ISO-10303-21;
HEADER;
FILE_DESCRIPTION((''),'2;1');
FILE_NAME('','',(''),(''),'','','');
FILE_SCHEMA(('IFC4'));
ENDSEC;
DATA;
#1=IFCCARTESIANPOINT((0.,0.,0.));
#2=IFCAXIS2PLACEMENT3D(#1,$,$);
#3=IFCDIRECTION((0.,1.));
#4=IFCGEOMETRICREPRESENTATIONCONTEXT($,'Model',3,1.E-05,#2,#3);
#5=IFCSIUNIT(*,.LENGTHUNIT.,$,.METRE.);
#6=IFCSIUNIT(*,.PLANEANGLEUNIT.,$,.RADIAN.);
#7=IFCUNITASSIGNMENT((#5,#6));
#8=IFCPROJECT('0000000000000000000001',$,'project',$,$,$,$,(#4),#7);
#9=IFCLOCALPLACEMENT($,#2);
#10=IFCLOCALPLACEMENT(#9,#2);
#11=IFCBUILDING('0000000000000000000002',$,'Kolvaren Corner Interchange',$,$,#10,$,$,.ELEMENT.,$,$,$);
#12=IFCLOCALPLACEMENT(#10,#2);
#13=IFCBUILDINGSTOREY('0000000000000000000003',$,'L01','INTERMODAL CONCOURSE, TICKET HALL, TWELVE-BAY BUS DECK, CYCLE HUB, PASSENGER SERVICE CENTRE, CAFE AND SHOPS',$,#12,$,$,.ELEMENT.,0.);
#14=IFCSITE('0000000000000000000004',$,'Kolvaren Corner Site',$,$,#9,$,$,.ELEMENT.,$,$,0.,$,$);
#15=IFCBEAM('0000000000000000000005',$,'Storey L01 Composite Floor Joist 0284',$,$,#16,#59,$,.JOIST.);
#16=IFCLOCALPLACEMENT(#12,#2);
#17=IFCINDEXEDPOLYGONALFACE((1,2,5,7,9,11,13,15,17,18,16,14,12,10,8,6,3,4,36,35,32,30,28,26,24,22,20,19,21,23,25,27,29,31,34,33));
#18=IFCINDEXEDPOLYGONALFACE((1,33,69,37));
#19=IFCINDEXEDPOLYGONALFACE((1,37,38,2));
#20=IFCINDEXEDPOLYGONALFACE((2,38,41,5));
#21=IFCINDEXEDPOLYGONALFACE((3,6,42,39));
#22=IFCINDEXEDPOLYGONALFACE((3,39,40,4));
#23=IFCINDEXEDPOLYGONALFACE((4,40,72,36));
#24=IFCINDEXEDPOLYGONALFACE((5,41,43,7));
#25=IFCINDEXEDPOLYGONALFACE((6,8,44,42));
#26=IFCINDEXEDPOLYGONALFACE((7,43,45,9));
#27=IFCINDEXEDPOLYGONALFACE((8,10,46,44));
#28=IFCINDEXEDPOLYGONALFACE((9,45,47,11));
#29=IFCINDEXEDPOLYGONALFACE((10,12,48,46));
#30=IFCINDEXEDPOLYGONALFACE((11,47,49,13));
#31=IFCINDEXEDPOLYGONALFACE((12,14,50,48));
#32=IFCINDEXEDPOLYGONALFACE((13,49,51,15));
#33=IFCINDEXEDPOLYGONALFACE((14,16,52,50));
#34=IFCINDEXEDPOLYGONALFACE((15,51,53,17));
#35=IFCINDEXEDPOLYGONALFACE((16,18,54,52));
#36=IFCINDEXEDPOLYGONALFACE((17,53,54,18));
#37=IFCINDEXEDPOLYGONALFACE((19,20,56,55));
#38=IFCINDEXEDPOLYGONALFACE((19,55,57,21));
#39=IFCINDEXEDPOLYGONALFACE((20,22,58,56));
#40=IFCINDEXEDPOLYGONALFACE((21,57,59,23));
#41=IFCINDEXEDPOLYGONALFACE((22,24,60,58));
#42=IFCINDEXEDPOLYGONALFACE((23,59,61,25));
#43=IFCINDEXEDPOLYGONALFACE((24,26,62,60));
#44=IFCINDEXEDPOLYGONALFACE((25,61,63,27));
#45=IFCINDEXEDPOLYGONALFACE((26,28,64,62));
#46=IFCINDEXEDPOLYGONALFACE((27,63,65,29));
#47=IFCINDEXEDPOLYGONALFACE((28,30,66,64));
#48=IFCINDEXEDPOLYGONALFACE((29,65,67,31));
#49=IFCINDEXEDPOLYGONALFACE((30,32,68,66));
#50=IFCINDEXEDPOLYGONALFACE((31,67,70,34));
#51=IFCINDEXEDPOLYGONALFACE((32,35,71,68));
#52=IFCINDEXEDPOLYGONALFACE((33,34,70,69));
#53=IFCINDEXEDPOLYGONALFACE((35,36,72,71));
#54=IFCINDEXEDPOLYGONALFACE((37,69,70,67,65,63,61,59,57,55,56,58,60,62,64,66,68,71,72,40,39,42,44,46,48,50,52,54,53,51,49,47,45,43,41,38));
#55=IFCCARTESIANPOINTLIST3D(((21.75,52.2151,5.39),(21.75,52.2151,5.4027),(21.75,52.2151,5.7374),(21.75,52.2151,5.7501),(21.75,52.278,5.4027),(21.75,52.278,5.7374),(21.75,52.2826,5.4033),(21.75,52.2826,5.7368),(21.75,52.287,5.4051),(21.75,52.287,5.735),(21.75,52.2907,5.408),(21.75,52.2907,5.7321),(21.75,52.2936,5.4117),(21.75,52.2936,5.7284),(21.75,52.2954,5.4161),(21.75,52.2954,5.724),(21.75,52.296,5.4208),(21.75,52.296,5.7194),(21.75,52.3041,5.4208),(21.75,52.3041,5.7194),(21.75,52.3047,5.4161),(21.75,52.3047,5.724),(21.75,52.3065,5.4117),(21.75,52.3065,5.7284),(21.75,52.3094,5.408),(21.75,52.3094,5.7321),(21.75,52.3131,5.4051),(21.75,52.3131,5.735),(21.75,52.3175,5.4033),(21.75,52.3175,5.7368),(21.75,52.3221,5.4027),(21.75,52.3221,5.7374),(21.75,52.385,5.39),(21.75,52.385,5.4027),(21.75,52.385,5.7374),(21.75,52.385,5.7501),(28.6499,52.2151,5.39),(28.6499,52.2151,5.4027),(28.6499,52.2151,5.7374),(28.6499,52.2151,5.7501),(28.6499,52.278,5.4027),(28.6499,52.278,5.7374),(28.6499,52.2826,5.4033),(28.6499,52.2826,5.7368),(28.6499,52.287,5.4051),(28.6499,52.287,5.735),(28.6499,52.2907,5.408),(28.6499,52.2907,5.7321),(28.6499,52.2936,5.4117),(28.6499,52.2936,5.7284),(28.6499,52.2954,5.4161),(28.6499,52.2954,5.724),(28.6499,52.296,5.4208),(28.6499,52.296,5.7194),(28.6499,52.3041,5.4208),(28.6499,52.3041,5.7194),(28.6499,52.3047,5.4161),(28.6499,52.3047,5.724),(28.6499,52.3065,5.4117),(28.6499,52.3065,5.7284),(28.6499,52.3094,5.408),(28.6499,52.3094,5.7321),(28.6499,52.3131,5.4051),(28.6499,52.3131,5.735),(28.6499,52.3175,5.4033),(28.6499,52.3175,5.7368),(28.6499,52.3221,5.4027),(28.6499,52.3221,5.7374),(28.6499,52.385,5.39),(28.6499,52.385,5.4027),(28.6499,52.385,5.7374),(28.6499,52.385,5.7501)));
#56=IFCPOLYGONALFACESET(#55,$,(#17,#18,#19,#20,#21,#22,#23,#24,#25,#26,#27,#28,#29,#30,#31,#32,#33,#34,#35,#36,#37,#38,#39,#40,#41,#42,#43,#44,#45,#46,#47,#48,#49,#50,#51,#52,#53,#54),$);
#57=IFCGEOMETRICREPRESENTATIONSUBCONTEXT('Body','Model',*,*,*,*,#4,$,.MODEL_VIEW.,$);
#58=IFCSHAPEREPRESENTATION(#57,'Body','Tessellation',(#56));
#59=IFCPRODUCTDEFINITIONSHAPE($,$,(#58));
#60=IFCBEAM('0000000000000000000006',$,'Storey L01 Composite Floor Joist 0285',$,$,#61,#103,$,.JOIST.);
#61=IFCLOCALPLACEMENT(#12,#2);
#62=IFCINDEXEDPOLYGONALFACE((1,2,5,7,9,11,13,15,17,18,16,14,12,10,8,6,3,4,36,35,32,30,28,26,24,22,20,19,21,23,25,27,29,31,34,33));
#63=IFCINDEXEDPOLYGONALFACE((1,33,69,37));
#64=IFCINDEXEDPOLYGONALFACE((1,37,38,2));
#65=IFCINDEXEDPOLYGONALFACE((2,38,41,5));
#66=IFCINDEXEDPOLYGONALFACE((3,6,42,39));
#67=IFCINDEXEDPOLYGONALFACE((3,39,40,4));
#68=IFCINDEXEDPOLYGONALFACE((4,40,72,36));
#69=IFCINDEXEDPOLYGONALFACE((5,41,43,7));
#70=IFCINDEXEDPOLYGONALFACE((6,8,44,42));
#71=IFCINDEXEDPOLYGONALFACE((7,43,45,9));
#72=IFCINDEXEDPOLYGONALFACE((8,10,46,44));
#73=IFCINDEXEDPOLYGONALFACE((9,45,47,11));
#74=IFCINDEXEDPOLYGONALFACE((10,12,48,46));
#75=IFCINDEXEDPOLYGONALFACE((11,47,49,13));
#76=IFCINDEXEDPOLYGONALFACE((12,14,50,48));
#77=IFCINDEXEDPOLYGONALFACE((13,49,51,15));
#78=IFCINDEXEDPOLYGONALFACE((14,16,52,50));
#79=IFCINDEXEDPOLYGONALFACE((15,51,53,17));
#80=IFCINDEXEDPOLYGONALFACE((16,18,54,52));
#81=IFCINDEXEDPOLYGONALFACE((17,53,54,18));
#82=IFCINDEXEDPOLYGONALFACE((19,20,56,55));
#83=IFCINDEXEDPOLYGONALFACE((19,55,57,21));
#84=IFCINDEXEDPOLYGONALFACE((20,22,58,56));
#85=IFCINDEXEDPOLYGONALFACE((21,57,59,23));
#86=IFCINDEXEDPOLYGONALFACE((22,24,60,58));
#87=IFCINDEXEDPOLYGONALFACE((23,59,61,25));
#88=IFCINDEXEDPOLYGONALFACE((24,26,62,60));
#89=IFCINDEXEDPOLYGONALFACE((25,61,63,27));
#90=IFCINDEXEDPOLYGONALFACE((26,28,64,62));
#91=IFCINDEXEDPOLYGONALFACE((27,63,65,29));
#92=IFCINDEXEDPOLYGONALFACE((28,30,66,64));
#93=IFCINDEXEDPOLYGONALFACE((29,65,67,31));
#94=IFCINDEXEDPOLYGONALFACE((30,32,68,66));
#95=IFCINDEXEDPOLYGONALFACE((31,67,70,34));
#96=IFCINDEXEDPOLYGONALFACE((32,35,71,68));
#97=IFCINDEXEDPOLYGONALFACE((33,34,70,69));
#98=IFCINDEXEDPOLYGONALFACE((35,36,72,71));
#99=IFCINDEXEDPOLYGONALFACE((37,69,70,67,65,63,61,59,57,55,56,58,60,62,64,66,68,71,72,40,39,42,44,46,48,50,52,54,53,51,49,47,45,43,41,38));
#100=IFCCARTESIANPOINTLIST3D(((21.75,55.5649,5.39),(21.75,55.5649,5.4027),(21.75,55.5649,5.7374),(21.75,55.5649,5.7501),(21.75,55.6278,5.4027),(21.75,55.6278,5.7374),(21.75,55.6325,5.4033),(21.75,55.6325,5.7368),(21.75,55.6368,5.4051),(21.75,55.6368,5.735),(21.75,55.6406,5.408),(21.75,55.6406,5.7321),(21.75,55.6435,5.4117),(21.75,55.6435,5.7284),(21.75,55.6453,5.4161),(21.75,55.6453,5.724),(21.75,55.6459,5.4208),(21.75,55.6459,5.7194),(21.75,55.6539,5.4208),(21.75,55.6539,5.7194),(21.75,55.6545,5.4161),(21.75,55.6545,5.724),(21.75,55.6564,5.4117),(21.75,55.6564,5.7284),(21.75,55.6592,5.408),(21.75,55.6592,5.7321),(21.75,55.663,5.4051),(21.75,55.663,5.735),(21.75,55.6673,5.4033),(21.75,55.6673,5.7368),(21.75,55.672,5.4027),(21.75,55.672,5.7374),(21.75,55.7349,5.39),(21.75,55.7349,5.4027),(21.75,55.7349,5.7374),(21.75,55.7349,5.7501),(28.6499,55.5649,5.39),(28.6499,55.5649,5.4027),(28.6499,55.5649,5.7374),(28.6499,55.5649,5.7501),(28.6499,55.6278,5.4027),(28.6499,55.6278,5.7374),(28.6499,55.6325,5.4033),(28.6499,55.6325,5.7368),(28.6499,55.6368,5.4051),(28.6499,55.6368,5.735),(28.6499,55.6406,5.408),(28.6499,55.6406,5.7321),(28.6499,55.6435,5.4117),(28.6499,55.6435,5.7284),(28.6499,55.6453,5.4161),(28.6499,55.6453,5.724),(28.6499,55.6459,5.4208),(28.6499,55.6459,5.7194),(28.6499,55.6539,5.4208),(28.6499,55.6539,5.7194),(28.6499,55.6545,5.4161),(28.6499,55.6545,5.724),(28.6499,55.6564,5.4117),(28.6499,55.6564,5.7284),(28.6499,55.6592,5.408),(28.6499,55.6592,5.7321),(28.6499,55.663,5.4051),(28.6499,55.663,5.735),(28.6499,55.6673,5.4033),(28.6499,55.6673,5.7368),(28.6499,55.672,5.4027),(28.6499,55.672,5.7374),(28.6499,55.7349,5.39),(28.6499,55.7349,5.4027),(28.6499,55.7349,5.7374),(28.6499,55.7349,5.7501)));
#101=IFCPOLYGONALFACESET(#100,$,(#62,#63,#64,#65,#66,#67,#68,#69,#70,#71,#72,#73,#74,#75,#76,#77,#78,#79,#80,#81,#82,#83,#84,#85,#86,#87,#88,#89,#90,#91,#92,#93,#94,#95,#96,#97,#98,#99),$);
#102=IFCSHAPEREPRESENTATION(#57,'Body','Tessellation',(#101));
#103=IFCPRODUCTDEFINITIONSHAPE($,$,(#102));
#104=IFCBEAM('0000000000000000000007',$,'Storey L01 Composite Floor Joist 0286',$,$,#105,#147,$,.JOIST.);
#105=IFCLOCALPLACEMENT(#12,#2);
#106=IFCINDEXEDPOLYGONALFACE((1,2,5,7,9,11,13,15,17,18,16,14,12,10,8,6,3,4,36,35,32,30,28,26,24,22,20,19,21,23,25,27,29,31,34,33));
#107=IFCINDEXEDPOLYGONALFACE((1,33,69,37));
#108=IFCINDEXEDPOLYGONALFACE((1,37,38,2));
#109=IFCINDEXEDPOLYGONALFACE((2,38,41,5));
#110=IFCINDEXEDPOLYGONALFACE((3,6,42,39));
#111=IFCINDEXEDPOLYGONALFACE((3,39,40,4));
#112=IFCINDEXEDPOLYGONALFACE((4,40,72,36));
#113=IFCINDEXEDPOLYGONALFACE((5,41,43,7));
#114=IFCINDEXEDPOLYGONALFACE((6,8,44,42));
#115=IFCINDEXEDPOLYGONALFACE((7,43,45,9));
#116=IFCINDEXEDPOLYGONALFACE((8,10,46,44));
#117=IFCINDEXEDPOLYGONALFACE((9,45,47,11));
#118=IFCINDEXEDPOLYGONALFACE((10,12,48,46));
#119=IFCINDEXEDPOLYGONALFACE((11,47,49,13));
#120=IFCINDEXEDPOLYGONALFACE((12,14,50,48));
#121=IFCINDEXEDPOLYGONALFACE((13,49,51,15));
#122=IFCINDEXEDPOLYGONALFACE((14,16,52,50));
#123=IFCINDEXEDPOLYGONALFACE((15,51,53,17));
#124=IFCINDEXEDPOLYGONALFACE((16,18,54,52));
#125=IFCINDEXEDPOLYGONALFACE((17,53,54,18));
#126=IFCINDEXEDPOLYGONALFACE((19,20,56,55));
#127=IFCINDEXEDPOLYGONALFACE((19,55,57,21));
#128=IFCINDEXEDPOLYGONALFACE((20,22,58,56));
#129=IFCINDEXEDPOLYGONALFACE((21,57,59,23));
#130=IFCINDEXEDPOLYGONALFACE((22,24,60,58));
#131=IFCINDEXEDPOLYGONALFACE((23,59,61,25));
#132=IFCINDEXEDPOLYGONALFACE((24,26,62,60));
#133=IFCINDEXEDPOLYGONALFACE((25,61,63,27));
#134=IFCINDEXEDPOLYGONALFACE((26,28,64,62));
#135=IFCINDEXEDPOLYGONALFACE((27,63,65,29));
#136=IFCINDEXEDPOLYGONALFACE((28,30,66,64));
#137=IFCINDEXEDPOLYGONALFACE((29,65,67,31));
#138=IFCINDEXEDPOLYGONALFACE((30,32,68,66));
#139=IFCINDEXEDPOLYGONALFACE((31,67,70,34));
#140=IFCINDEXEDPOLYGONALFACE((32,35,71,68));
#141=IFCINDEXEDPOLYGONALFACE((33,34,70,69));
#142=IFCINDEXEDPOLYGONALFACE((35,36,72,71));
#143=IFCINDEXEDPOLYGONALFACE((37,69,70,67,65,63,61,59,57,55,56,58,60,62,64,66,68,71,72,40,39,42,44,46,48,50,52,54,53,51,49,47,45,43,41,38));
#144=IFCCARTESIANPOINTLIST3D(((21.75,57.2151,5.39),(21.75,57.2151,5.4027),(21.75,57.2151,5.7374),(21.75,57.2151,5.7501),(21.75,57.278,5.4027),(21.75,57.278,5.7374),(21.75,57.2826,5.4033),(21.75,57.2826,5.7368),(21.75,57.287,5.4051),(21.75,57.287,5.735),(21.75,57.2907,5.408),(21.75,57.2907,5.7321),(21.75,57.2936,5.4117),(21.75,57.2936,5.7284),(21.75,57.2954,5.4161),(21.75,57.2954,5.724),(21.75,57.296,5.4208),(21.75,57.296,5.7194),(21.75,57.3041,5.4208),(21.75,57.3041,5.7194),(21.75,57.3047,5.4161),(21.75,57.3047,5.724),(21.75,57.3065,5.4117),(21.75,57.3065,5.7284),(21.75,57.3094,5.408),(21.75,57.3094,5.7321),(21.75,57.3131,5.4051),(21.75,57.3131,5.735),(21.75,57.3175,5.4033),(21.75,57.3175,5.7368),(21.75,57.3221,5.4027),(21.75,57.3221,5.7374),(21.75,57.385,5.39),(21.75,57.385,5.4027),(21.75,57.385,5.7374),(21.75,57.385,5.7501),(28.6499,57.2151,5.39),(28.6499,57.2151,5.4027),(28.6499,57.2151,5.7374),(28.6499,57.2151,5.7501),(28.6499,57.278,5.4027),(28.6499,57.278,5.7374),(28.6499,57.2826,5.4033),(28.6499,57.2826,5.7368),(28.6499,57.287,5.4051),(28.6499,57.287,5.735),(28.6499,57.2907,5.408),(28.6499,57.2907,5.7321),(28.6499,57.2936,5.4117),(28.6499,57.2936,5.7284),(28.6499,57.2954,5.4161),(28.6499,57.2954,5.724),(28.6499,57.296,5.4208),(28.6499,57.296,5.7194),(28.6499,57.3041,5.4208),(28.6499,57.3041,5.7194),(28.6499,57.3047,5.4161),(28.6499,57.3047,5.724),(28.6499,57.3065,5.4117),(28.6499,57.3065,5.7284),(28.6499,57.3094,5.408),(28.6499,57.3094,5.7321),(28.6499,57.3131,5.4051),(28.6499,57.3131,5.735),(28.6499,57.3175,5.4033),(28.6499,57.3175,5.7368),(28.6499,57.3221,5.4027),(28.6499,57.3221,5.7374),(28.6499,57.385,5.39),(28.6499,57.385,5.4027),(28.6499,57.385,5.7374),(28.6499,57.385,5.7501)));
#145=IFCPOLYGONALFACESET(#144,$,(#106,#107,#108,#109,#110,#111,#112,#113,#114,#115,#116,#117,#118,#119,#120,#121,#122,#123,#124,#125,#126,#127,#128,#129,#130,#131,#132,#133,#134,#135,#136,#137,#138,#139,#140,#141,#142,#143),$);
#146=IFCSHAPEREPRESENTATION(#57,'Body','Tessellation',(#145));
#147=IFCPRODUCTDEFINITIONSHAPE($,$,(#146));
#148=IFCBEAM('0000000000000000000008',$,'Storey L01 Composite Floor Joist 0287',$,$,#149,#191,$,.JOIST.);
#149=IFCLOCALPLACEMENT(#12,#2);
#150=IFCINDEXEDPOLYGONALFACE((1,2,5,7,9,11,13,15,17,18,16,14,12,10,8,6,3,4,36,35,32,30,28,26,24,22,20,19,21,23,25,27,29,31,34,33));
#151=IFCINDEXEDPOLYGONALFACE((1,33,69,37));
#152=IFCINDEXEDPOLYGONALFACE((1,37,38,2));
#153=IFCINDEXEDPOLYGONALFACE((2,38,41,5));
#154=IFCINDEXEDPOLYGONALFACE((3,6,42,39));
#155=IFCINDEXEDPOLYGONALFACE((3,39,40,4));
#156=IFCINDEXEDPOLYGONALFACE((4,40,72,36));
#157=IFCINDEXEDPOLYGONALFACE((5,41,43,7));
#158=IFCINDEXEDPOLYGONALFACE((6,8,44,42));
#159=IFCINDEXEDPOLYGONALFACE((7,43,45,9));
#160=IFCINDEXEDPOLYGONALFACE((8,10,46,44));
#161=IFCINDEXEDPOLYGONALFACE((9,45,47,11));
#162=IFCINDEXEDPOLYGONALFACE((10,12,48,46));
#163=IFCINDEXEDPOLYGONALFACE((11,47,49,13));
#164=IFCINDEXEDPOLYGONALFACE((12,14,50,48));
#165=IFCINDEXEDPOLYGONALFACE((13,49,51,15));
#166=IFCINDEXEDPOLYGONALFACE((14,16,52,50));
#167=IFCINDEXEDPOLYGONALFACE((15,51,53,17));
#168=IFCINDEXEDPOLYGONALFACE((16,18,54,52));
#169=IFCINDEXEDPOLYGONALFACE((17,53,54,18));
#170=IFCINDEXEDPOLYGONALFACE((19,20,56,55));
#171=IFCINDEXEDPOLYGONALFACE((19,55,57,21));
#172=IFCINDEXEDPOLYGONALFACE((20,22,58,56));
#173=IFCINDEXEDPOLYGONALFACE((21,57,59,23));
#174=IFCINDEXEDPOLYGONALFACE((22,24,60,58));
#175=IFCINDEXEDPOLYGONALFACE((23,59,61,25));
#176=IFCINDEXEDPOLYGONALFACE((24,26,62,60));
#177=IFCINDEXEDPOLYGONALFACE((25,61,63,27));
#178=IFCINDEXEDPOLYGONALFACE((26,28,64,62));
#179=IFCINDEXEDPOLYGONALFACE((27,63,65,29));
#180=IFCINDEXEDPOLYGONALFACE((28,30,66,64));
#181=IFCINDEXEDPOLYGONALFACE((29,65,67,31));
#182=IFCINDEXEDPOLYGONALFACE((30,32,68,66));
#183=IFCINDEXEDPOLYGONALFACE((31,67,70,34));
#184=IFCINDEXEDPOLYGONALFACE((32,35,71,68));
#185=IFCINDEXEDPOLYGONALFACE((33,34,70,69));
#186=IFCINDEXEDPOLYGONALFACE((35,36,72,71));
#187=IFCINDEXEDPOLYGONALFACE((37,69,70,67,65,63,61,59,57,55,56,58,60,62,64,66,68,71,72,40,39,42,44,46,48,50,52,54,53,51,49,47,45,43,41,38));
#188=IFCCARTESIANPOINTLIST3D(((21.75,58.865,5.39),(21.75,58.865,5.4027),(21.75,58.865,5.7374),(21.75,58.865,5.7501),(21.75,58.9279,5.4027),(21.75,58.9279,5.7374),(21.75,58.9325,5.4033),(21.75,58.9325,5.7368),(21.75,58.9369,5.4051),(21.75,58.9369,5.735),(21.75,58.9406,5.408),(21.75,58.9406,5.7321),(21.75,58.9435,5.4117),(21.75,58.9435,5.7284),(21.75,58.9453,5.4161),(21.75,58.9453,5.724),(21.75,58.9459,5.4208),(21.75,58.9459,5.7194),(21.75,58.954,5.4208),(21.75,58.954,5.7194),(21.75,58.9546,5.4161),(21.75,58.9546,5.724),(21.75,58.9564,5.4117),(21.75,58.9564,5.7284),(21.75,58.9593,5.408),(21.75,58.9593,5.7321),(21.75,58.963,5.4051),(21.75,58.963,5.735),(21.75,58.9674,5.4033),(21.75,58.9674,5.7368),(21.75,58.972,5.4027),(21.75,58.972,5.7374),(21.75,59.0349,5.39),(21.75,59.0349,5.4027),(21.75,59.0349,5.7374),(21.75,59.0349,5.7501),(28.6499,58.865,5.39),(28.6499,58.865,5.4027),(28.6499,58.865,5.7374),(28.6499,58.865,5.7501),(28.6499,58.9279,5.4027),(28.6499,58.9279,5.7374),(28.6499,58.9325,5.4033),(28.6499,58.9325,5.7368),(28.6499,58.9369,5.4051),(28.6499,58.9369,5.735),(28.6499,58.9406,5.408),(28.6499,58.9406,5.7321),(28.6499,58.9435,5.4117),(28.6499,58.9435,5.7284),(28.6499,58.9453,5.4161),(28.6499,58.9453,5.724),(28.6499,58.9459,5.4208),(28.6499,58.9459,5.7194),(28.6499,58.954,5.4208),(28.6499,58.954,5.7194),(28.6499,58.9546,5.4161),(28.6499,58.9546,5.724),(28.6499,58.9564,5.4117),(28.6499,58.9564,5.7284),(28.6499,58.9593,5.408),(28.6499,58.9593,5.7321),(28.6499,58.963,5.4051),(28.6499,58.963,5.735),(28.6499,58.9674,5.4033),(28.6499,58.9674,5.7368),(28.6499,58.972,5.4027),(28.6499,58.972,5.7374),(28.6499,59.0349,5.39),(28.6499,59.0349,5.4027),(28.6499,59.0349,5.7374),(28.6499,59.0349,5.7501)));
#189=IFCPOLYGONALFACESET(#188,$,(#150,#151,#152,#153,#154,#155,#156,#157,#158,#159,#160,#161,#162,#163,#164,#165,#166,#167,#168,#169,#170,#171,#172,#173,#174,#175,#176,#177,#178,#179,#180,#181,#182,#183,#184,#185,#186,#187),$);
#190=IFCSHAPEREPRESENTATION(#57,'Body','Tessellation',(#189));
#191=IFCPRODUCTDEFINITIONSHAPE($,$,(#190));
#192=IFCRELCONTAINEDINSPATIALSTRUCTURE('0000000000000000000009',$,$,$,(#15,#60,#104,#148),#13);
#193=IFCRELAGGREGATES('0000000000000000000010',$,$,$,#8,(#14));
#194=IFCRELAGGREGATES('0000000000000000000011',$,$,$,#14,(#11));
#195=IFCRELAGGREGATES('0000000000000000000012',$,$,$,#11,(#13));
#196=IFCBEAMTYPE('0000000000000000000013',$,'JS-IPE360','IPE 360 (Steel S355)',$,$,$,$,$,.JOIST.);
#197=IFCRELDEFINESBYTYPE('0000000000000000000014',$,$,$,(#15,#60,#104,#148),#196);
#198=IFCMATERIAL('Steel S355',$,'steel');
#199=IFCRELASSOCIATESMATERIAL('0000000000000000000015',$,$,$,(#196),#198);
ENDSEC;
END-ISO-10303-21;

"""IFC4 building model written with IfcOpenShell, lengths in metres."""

from ifc_helpers import new_model, si_unit, direction, frame, origin, origin_2d, place, context, subcontext, project, spatial, i_section, extrude, material, material_profile, profile_set, type_object, element, save


model = new_model("IFC4")

# Units and contexts
model_context = context("Model", 3, precision=1e-05, world=origin(), true_north=direction((0.0, 1.0)))
body_context = subcontext(model_context, "Body", "Model", "MODEL_VIEW")
ifc_project = project(units=[si_unit("LENGTHUNIT", "METRE"), si_unit("PLANEANGLEUNIT", "RADIAN")], contexts=[model_context])

# Site, building, storey
site_placement = place(None, origin())
site = spatial("IfcSite", under=ifc_project, at=site_placement, Name="Kolvaren Corner Site", CompositionType="ELEMENT", RefElevation=0.0)
building_placement = place(site_placement, origin())
building = spatial("IfcBuilding", under=site, at=building_placement, Name="Kolvaren Corner Interchange", CompositionType="ELEMENT")
storey_placement = place(building_placement, origin())
storey = spatial("IfcBuildingStorey", under=building, at=storey_placement, Name="L01", Description="INTERMODAL CONCOURSE, TICKET HALL, TWELVE-BAY BUS DECK, CYCLE HUB, PASSENGER SERVICE CENTRE, CAFE AND SHOPS", CompositionType="ELEMENT", Elevation=0.0)

# Beams
ifc_material_1 = material(Name="Steel S355", Category="steel")
ifc_material_profile_1 = material_profile(ifc_material_1, i_section(OverallWidth=0.1699, OverallDepth=0.3601, WebThickness=0.0081, FlangeThickness=0.0127, FilletRadius=0.0181, at=origin_2d()), Name="IPE 360")
ifc_profile_set_1 = profile_set([ifc_material_profile_1], Name="Steel S355")
beam_type_1 = type_object("IfcBeamType", Name="JS-IPE360", Description="IPE 360 (Steel S355)", PredefinedType="JOIST", material=ifc_profile_set_1)
for number, where, z_axis, x_axis, name in (
    (1, (21.75, 52.3, 5.5701), (1.0, 0.0, 0.0), (0.0, 1.0, 0.0), "Storey L01 Composite Floor Joist 0284"),
    (2, (21.75, 55.6499, 5.5701), (1.0, 0.0, 0.0), (0.0, 1.0, 0.0), "Storey L01 Composite Floor Joist 0285"),
    (3, (21.75, 57.3, 5.5701), (1.0, 0.0, 0.0), (0.0, 1.0, 0.0), "Storey L01 Composite Floor Joist 0286"),
    (4, (21.75, 58.95, 5.5701), (1.0, 0.0, 0.0), (0.0, 1.0, 0.0), "Storey L01 Composite Floor Joist 0287"),
):
    element("IfcBeam", number, at=place(storey_placement, frame(where, z_axis=z_axis, x_axis=x_axis)), inside=storey, type_object=beam_type_1, Name=name, PredefinedType="JOIST", context=body_context, shape_type="SweptSolid", body=[
        extrude(i_section(OverallWidth=0.1699, OverallDepth=0.3601, WebThickness=0.0081, FlangeThickness=0.0127, FilletRadius=0.0181, at=origin_2d()), origin(), (0.0, 0.0, 1.0), 6.8999),
    ])

save(model, "model.ifc")
